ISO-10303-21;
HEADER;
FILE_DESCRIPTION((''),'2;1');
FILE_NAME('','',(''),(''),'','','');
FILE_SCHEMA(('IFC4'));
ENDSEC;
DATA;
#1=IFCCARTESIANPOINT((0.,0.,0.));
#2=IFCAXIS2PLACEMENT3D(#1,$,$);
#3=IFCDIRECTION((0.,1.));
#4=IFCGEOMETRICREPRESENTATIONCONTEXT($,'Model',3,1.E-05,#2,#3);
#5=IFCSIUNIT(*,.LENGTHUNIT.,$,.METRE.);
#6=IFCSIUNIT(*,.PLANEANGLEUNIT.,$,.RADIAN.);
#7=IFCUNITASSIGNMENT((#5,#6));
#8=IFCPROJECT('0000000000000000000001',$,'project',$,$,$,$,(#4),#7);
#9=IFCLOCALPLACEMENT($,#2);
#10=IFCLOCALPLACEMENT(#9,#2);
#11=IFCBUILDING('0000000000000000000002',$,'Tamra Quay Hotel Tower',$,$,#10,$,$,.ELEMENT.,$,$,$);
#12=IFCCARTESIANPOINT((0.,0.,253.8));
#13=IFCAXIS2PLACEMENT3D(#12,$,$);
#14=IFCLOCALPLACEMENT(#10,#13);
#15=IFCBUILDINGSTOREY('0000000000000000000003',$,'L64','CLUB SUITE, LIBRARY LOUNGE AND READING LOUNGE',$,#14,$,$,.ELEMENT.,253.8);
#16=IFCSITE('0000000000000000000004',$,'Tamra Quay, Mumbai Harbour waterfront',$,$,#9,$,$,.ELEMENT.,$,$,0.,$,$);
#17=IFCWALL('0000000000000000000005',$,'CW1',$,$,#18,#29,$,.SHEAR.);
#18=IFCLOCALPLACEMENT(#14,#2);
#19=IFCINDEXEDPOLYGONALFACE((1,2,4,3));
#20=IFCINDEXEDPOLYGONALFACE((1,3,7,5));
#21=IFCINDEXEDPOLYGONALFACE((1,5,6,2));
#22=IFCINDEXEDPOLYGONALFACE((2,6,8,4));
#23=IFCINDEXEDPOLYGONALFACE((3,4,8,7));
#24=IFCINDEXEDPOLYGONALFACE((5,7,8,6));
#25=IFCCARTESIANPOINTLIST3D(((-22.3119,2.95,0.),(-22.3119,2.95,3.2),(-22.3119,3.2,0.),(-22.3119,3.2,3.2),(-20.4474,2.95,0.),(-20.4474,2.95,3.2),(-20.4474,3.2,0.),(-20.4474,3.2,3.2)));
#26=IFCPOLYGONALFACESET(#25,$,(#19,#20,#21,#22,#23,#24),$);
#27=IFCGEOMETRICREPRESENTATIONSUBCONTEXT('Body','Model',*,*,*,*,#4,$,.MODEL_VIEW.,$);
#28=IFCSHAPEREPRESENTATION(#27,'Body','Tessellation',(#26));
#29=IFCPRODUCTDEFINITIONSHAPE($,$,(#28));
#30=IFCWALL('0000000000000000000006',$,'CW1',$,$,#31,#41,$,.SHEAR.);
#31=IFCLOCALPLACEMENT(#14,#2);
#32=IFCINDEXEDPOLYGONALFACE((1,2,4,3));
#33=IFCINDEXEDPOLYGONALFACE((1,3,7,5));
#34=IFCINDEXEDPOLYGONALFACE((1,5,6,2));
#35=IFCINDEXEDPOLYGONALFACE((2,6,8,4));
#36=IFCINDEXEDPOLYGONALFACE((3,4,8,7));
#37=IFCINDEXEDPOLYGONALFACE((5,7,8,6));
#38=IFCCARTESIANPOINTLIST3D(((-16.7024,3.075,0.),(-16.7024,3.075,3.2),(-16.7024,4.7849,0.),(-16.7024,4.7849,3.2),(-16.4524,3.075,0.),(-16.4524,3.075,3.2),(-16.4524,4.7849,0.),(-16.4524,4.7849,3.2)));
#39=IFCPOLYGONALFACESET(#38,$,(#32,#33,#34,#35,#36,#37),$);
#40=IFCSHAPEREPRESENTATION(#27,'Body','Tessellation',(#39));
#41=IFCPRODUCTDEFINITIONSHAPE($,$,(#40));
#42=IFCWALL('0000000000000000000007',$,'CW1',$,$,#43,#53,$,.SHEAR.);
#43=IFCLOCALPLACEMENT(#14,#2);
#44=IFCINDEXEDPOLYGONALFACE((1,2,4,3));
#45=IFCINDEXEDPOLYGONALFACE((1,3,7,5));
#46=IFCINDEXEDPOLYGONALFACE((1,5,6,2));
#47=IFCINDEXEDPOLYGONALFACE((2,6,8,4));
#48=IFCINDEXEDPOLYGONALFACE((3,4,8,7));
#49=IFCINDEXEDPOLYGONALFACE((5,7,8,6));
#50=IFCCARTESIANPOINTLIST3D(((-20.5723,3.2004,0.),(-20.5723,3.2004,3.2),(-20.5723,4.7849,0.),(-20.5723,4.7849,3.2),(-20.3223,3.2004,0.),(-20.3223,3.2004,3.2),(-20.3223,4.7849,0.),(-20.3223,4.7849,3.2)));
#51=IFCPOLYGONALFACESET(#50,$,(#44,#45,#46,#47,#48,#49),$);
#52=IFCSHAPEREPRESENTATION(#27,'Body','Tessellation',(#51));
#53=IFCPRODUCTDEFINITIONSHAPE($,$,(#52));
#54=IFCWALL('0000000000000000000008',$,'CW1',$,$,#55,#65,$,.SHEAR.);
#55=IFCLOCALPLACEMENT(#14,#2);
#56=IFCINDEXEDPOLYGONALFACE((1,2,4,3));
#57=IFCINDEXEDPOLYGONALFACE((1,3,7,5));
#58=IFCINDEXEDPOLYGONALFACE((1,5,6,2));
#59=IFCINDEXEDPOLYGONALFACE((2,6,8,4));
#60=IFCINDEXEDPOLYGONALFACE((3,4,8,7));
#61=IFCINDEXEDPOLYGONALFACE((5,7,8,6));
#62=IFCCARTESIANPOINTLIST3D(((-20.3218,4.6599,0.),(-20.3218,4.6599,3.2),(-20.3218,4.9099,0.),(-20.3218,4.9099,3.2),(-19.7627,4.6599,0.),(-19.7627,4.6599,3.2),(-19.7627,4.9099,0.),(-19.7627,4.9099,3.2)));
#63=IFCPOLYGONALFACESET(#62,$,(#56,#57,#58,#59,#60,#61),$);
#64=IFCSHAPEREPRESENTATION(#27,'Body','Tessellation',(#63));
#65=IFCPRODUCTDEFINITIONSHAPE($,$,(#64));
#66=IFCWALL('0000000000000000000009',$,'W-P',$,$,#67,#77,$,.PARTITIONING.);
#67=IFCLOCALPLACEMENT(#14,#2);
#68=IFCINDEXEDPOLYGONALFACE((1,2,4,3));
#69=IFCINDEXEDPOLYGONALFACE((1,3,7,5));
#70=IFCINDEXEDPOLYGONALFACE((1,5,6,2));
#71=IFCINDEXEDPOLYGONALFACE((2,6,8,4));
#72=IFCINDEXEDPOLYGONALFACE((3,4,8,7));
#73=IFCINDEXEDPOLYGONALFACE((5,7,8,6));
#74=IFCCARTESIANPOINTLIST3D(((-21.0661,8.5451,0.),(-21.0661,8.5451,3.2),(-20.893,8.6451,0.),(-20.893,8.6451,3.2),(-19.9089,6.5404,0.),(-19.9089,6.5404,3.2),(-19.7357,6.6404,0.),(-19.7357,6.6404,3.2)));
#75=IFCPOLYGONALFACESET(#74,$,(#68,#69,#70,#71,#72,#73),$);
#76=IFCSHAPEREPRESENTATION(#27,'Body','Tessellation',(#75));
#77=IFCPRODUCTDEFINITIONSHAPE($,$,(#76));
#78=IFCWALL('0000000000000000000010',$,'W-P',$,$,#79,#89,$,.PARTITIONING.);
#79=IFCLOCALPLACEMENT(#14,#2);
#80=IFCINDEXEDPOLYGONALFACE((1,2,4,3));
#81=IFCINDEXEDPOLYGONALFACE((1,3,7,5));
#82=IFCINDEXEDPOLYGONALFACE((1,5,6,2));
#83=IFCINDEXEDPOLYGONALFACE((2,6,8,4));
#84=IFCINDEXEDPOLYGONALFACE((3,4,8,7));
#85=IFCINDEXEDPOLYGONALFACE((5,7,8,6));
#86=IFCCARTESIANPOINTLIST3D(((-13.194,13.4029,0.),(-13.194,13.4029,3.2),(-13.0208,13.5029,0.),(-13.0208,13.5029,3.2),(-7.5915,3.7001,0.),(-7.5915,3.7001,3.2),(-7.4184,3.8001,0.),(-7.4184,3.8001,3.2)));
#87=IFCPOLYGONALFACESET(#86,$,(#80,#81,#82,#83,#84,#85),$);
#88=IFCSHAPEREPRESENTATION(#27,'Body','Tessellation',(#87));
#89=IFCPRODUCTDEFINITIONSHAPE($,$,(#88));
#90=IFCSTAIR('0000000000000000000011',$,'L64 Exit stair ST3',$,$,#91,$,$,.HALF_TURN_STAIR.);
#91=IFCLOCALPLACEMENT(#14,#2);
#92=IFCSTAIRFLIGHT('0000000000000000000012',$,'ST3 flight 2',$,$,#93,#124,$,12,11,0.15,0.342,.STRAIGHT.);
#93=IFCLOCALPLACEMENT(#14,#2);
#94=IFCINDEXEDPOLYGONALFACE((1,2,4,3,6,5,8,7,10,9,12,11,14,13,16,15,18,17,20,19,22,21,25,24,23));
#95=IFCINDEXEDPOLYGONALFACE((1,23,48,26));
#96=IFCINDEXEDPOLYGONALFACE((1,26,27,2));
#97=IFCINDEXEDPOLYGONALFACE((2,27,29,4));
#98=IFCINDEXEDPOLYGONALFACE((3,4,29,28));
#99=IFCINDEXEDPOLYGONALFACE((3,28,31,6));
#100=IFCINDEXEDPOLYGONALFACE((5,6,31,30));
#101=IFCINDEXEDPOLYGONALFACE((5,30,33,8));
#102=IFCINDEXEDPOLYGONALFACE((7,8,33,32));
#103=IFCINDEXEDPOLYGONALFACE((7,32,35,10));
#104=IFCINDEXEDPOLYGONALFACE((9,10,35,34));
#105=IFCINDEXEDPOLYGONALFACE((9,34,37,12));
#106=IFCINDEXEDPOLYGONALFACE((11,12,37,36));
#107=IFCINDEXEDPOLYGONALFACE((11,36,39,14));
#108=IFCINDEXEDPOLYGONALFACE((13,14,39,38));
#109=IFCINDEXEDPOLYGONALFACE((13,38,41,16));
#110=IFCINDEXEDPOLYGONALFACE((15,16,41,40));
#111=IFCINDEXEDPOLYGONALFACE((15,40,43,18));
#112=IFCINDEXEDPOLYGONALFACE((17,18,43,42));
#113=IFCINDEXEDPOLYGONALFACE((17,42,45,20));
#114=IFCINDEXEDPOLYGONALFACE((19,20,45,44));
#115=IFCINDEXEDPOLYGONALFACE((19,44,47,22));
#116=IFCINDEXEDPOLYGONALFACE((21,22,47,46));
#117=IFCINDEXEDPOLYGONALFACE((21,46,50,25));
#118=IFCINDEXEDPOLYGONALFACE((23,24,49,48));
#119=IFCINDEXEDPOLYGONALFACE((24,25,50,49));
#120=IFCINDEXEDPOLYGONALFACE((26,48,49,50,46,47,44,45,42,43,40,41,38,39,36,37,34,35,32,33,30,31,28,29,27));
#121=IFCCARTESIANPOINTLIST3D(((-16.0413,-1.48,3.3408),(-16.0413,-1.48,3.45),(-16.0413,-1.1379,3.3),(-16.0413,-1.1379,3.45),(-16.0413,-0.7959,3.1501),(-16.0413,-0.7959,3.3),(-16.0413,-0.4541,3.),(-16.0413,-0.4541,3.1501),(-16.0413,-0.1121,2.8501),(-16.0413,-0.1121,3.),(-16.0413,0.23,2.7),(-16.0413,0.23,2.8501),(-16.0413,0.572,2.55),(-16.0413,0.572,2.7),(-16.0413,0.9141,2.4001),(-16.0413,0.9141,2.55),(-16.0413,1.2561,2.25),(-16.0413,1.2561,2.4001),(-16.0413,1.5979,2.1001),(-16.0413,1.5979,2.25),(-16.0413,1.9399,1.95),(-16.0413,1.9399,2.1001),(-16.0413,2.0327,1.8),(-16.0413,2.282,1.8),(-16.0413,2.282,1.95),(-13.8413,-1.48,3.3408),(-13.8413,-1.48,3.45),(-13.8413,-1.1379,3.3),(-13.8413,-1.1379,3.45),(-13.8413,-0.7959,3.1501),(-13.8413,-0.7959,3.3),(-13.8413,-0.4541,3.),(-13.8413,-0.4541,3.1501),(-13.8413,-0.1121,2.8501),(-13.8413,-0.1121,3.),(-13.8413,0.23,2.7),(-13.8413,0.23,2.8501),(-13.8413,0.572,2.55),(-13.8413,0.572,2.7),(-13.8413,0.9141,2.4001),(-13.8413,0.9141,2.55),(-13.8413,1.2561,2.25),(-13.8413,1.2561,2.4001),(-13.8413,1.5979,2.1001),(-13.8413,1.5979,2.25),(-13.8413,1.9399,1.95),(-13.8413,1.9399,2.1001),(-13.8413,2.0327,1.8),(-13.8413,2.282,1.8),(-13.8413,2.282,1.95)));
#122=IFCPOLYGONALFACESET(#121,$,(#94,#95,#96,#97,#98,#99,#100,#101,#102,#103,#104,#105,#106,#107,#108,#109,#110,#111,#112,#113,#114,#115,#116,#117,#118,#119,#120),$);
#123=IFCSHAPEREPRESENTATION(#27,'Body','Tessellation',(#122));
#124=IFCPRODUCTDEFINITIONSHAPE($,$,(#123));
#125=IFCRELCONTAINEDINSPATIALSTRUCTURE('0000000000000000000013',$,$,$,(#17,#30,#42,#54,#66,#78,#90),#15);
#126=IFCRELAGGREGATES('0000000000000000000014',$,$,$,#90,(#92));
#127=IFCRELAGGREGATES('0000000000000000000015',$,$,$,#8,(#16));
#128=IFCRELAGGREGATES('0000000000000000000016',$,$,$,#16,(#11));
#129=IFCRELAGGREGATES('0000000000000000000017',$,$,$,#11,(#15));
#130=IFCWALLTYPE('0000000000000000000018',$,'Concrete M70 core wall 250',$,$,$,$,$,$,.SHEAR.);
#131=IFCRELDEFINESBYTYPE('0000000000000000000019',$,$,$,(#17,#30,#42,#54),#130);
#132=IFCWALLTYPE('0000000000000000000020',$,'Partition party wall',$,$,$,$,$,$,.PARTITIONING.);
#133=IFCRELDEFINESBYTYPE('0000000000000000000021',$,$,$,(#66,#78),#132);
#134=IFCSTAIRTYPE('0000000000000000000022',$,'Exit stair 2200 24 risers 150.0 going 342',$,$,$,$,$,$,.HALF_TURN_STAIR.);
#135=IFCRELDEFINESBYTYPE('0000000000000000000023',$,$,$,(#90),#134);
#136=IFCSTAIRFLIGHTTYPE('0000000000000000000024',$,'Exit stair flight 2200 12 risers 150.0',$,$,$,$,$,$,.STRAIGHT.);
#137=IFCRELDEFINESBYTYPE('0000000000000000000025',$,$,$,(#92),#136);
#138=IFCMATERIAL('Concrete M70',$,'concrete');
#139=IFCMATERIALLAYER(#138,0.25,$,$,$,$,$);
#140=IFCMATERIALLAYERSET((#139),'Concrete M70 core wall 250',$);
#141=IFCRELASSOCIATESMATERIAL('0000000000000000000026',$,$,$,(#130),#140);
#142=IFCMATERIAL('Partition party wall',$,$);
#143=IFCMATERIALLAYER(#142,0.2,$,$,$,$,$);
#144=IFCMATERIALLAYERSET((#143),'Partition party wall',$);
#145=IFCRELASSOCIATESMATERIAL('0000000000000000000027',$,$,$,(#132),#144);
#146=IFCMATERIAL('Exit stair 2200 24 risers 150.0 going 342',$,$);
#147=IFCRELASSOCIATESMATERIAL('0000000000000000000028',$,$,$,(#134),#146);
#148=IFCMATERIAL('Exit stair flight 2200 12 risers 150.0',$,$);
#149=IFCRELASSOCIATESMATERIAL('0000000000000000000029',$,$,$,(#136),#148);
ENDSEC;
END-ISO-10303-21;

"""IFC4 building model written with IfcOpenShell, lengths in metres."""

from ifc_helpers import new_model, si_unit, direction, frame, frame_2d, origin, place, context, subcontext, project, spatial, polyline, rectangle, outline, extrude, material, layer, layer_set, type_object, element, aggregate, save


model = new_model("IFC4")

# Units and contexts
model_context = context("Model", 3, precision=1e-05, world=origin(), true_north=direction((0.0, 1.0)))
body_context = subcontext(model_context, "Body", "Model", "MODEL_VIEW")
ifc_project = project(units=[si_unit("LENGTHUNIT", "METRE"), si_unit("PLANEANGLEUNIT", "RADIAN")], contexts=[model_context])

# Site, building, storey
site_placement = place(None, origin())
site = spatial("IfcSite", under=ifc_project, at=site_placement, Name="Tamra Quay, Mumbai Harbour waterfront", CompositionType="ELEMENT", RefElevation=0.0)
building_placement = place(site_placement, origin())
building = spatial("IfcBuilding", under=site, at=building_placement, Name="Tamra Quay Hotel Tower", CompositionType="ELEMENT")
storey_placement = place(building_placement, frame((0.0, 0.0, 253.8)))
storey = spatial("IfcBuildingStorey", under=building, at=storey_placement, Name="L64", Description="CLUB SUITE, LIBRARY LOUNGE AND READING LOUNGE", CompositionType="ELEMENT", Elevation=253.8)

# Shared definitions
ifc_material_1 = material(Name="Concrete M70", Category="concrete")

# Walls
ifc_layer_1 = layer(ifc_material_1, 0.25)
ifc_layer_set_1 = layer_set([ifc_layer_1], Name="Concrete M70 core wall 250")
wall_type_1 = type_object("IfcWallType", Name="Concrete M70 core wall 250", PredefinedType="SHEAR", material=ifc_layer_set_1)
wall_1_placement = place(storey_placement, frame((-22.3118, 3.075, 0.0), z_axis=(0.0, 0.0, 1.0), x_axis=(1.0, 0.0, 0.0)))
element("IfcWall", 1, at=wall_1_placement, inside=storey, type_object=wall_type_1, Name="CW1", PredefinedType="SHEAR", context=body_context, shape_type="SweptSolid", body=[
    extrude(rectangle(XDim=1.8645, YDim=0.25, at=frame_2d((0.9321, 0.0))), origin(), (0.0, 0.0, 1.0), 3.2),
])
wall_2_placement = place(storey_placement, frame((-16.5774, 4.7849, 0.0), z_axis=(0.0, 0.0, 1.0), x_axis=(0.0, -1.0, 0.0)))
element("IfcWall", 2, at=wall_2_placement, inside=storey, type_object=wall_type_1, Name="CW1", PredefinedType="SHEAR", context=body_context, shape_type="SweptSolid", body=[
    extrude(rectangle(XDim=1.71, YDim=0.25, at=frame_2d((0.855, 0.0))), origin(), (0.0, 0.0, 1.0), 3.2),
])
wall_3_placement = place(storey_placement, frame((-20.4473, 3.2004, 0.0), z_axis=(0.0, 0.0, 1.0), x_axis=(0.0, 1.0, 0.0)))
element("IfcWall", 3, at=wall_3_placement, inside=storey, type_object=wall_type_1, Name="CW1", PredefinedType="SHEAR", context=body_context, shape_type="SweptSolid", body=[
    extrude(rectangle(XDim=1.5845, YDim=0.25, at=frame_2d((0.7922, 0.0))), origin(), (0.0, 0.0, 1.0), 3.2),
])
wall_4_placement = place(storey_placement, frame((-20.3218, 4.7849, 0.0), z_axis=(0.0, 0.0, 1.0), x_axis=(1.0, 0.0, 0.0)))
element("IfcWall", 4, at=wall_4_placement, inside=storey, type_object=wall_type_1, Name="CW1", PredefinedType="SHEAR", context=body_context, shape_type="SweptSolid", body=[
    extrude(rectangle(XDim=0.5591, YDim=0.25, at=frame_2d((0.2795, 0.0))), origin(), (0.0, 0.0, 1.0), 3.2),
])
ifc_material_2 = material(Name="Partition party wall")
ifc_layer_2 = layer(ifc_material_2, 0.2)
ifc_layer_set_2 = layer_set([ifc_layer_2], Name="Partition party wall")
wall_type_2 = type_object("IfcWallType", Name="Partition party wall", PredefinedType="PARTITIONING", material=ifc_layer_set_2)
wall_5_placement = place(storey_placement, frame((-20.9795, 8.595, 0.0), z_axis=(0.0, 0.0, 1.0), x_axis=(0.499951, -0.866054, 0.0)))
element("IfcWall", 5, at=wall_5_placement, inside=storey, type_object=wall_type_2, Name="W-P", PredefinedType="PARTITIONING", context=body_context, shape_type="SweptSolid", body=[
    extrude(rectangle(XDim=2.3147, YDim=0.2, at=frame_2d((1.1572, 0.0))), origin(), (0.0, 0.0, 1.0), 3.2),
])
wall_6_placement = place(storey_placement, frame((-13.1074, 13.4529, 0.0), z_axis=(0.0, 0.0, 1.0), x_axis=(0.500039, -0.866003, 0.0)))
element("IfcWall", 6, at=wall_6_placement, inside=storey, type_object=wall_type_2, Name="W-P", PredefinedType="PARTITIONING", context=body_context, shape_type="SweptSolid", body=[
    extrude(rectangle(XDim=11.2041, YDim=0.2, at=frame_2d((5.6021, 0.0))), origin(), (0.0, 0.0, 1.0), 3.2),
])

# Stair, stair flight
ifc_material_3 = material(Name="Exit stair 2200 24 risers 150.0 going 342")
stair_type = type_object("IfcStairType", Name="Exit stair 2200 24 risers 150.0 going 342", PredefinedType="HALF_TURN_STAIR", material=ifc_material_3)
stair_placement = place(storey_placement, origin())
stair = element("IfcStair", 7, at=stair_placement, inside=storey, type_object=stair_type, Name="L64 Exit stair ST3", PredefinedType="HALF_TURN_STAIR")
ifc_material_4 = material(Name="Exit stair flight 2200 12 risers 150.0")
stair_flight_type = type_object("IfcStairFlightType", Name="Exit stair flight 2200 12 risers 150.0", PredefinedType="STRAIGHT", material=ifc_material_4)
stair_flight_placement = place(storey_placement, frame((-14.9414, 2.282, 1.8), z_axis=(0.0, 0.0, 1.0), x_axis=(0.0, -1.0, 0.0)))
stair_flight = element("IfcStairFlight", 8, at=stair_flight_placement, type_object=stair_flight_type, Name="ST3 flight 2", NumberOfRisers=12, NumberOfTreads=11, PredefinedType="STRAIGHT", RiserHeight=0.15, TreadLength=0.342, context=body_context, shape_type="SweptSolid", body=[
    extrude(outline(polyline([(0.0, 0.0), (0.0, 0.1499), (0.342, 0.1499), (0.342, 0.3), (0.6841, 0.3), (0.6841, 0.45), (1.0259, 0.45), (1.0259, 0.6001), (1.3679, 0.6001), (1.3679, 0.75), (1.71, 0.75), (1.71, 0.8999), (2.052, 0.8999), (2.052, 1.05), (2.394, 1.05), (2.394, 1.2), (2.7361, 1.2), (2.7361, 1.3501), (3.0779, 1.3501), (3.0779, 1.5), (3.4199, 1.5), (3.4199, 1.6499), (3.762, 1.6499), (3.762, 1.8), (3.762, 1.5408), (0.2493, 0.0), (0.0, 0.0)])), frame((0.0, 1.1001, 0.0), z_axis=(0.0, -1.0, 0.0), x_axis=(1.0, 0.0, 0.0)), (0.0, 0.0, 1.0), 2.2),
])
aggregate(stair, [stair_flight])

save(model, "model.ifc")
